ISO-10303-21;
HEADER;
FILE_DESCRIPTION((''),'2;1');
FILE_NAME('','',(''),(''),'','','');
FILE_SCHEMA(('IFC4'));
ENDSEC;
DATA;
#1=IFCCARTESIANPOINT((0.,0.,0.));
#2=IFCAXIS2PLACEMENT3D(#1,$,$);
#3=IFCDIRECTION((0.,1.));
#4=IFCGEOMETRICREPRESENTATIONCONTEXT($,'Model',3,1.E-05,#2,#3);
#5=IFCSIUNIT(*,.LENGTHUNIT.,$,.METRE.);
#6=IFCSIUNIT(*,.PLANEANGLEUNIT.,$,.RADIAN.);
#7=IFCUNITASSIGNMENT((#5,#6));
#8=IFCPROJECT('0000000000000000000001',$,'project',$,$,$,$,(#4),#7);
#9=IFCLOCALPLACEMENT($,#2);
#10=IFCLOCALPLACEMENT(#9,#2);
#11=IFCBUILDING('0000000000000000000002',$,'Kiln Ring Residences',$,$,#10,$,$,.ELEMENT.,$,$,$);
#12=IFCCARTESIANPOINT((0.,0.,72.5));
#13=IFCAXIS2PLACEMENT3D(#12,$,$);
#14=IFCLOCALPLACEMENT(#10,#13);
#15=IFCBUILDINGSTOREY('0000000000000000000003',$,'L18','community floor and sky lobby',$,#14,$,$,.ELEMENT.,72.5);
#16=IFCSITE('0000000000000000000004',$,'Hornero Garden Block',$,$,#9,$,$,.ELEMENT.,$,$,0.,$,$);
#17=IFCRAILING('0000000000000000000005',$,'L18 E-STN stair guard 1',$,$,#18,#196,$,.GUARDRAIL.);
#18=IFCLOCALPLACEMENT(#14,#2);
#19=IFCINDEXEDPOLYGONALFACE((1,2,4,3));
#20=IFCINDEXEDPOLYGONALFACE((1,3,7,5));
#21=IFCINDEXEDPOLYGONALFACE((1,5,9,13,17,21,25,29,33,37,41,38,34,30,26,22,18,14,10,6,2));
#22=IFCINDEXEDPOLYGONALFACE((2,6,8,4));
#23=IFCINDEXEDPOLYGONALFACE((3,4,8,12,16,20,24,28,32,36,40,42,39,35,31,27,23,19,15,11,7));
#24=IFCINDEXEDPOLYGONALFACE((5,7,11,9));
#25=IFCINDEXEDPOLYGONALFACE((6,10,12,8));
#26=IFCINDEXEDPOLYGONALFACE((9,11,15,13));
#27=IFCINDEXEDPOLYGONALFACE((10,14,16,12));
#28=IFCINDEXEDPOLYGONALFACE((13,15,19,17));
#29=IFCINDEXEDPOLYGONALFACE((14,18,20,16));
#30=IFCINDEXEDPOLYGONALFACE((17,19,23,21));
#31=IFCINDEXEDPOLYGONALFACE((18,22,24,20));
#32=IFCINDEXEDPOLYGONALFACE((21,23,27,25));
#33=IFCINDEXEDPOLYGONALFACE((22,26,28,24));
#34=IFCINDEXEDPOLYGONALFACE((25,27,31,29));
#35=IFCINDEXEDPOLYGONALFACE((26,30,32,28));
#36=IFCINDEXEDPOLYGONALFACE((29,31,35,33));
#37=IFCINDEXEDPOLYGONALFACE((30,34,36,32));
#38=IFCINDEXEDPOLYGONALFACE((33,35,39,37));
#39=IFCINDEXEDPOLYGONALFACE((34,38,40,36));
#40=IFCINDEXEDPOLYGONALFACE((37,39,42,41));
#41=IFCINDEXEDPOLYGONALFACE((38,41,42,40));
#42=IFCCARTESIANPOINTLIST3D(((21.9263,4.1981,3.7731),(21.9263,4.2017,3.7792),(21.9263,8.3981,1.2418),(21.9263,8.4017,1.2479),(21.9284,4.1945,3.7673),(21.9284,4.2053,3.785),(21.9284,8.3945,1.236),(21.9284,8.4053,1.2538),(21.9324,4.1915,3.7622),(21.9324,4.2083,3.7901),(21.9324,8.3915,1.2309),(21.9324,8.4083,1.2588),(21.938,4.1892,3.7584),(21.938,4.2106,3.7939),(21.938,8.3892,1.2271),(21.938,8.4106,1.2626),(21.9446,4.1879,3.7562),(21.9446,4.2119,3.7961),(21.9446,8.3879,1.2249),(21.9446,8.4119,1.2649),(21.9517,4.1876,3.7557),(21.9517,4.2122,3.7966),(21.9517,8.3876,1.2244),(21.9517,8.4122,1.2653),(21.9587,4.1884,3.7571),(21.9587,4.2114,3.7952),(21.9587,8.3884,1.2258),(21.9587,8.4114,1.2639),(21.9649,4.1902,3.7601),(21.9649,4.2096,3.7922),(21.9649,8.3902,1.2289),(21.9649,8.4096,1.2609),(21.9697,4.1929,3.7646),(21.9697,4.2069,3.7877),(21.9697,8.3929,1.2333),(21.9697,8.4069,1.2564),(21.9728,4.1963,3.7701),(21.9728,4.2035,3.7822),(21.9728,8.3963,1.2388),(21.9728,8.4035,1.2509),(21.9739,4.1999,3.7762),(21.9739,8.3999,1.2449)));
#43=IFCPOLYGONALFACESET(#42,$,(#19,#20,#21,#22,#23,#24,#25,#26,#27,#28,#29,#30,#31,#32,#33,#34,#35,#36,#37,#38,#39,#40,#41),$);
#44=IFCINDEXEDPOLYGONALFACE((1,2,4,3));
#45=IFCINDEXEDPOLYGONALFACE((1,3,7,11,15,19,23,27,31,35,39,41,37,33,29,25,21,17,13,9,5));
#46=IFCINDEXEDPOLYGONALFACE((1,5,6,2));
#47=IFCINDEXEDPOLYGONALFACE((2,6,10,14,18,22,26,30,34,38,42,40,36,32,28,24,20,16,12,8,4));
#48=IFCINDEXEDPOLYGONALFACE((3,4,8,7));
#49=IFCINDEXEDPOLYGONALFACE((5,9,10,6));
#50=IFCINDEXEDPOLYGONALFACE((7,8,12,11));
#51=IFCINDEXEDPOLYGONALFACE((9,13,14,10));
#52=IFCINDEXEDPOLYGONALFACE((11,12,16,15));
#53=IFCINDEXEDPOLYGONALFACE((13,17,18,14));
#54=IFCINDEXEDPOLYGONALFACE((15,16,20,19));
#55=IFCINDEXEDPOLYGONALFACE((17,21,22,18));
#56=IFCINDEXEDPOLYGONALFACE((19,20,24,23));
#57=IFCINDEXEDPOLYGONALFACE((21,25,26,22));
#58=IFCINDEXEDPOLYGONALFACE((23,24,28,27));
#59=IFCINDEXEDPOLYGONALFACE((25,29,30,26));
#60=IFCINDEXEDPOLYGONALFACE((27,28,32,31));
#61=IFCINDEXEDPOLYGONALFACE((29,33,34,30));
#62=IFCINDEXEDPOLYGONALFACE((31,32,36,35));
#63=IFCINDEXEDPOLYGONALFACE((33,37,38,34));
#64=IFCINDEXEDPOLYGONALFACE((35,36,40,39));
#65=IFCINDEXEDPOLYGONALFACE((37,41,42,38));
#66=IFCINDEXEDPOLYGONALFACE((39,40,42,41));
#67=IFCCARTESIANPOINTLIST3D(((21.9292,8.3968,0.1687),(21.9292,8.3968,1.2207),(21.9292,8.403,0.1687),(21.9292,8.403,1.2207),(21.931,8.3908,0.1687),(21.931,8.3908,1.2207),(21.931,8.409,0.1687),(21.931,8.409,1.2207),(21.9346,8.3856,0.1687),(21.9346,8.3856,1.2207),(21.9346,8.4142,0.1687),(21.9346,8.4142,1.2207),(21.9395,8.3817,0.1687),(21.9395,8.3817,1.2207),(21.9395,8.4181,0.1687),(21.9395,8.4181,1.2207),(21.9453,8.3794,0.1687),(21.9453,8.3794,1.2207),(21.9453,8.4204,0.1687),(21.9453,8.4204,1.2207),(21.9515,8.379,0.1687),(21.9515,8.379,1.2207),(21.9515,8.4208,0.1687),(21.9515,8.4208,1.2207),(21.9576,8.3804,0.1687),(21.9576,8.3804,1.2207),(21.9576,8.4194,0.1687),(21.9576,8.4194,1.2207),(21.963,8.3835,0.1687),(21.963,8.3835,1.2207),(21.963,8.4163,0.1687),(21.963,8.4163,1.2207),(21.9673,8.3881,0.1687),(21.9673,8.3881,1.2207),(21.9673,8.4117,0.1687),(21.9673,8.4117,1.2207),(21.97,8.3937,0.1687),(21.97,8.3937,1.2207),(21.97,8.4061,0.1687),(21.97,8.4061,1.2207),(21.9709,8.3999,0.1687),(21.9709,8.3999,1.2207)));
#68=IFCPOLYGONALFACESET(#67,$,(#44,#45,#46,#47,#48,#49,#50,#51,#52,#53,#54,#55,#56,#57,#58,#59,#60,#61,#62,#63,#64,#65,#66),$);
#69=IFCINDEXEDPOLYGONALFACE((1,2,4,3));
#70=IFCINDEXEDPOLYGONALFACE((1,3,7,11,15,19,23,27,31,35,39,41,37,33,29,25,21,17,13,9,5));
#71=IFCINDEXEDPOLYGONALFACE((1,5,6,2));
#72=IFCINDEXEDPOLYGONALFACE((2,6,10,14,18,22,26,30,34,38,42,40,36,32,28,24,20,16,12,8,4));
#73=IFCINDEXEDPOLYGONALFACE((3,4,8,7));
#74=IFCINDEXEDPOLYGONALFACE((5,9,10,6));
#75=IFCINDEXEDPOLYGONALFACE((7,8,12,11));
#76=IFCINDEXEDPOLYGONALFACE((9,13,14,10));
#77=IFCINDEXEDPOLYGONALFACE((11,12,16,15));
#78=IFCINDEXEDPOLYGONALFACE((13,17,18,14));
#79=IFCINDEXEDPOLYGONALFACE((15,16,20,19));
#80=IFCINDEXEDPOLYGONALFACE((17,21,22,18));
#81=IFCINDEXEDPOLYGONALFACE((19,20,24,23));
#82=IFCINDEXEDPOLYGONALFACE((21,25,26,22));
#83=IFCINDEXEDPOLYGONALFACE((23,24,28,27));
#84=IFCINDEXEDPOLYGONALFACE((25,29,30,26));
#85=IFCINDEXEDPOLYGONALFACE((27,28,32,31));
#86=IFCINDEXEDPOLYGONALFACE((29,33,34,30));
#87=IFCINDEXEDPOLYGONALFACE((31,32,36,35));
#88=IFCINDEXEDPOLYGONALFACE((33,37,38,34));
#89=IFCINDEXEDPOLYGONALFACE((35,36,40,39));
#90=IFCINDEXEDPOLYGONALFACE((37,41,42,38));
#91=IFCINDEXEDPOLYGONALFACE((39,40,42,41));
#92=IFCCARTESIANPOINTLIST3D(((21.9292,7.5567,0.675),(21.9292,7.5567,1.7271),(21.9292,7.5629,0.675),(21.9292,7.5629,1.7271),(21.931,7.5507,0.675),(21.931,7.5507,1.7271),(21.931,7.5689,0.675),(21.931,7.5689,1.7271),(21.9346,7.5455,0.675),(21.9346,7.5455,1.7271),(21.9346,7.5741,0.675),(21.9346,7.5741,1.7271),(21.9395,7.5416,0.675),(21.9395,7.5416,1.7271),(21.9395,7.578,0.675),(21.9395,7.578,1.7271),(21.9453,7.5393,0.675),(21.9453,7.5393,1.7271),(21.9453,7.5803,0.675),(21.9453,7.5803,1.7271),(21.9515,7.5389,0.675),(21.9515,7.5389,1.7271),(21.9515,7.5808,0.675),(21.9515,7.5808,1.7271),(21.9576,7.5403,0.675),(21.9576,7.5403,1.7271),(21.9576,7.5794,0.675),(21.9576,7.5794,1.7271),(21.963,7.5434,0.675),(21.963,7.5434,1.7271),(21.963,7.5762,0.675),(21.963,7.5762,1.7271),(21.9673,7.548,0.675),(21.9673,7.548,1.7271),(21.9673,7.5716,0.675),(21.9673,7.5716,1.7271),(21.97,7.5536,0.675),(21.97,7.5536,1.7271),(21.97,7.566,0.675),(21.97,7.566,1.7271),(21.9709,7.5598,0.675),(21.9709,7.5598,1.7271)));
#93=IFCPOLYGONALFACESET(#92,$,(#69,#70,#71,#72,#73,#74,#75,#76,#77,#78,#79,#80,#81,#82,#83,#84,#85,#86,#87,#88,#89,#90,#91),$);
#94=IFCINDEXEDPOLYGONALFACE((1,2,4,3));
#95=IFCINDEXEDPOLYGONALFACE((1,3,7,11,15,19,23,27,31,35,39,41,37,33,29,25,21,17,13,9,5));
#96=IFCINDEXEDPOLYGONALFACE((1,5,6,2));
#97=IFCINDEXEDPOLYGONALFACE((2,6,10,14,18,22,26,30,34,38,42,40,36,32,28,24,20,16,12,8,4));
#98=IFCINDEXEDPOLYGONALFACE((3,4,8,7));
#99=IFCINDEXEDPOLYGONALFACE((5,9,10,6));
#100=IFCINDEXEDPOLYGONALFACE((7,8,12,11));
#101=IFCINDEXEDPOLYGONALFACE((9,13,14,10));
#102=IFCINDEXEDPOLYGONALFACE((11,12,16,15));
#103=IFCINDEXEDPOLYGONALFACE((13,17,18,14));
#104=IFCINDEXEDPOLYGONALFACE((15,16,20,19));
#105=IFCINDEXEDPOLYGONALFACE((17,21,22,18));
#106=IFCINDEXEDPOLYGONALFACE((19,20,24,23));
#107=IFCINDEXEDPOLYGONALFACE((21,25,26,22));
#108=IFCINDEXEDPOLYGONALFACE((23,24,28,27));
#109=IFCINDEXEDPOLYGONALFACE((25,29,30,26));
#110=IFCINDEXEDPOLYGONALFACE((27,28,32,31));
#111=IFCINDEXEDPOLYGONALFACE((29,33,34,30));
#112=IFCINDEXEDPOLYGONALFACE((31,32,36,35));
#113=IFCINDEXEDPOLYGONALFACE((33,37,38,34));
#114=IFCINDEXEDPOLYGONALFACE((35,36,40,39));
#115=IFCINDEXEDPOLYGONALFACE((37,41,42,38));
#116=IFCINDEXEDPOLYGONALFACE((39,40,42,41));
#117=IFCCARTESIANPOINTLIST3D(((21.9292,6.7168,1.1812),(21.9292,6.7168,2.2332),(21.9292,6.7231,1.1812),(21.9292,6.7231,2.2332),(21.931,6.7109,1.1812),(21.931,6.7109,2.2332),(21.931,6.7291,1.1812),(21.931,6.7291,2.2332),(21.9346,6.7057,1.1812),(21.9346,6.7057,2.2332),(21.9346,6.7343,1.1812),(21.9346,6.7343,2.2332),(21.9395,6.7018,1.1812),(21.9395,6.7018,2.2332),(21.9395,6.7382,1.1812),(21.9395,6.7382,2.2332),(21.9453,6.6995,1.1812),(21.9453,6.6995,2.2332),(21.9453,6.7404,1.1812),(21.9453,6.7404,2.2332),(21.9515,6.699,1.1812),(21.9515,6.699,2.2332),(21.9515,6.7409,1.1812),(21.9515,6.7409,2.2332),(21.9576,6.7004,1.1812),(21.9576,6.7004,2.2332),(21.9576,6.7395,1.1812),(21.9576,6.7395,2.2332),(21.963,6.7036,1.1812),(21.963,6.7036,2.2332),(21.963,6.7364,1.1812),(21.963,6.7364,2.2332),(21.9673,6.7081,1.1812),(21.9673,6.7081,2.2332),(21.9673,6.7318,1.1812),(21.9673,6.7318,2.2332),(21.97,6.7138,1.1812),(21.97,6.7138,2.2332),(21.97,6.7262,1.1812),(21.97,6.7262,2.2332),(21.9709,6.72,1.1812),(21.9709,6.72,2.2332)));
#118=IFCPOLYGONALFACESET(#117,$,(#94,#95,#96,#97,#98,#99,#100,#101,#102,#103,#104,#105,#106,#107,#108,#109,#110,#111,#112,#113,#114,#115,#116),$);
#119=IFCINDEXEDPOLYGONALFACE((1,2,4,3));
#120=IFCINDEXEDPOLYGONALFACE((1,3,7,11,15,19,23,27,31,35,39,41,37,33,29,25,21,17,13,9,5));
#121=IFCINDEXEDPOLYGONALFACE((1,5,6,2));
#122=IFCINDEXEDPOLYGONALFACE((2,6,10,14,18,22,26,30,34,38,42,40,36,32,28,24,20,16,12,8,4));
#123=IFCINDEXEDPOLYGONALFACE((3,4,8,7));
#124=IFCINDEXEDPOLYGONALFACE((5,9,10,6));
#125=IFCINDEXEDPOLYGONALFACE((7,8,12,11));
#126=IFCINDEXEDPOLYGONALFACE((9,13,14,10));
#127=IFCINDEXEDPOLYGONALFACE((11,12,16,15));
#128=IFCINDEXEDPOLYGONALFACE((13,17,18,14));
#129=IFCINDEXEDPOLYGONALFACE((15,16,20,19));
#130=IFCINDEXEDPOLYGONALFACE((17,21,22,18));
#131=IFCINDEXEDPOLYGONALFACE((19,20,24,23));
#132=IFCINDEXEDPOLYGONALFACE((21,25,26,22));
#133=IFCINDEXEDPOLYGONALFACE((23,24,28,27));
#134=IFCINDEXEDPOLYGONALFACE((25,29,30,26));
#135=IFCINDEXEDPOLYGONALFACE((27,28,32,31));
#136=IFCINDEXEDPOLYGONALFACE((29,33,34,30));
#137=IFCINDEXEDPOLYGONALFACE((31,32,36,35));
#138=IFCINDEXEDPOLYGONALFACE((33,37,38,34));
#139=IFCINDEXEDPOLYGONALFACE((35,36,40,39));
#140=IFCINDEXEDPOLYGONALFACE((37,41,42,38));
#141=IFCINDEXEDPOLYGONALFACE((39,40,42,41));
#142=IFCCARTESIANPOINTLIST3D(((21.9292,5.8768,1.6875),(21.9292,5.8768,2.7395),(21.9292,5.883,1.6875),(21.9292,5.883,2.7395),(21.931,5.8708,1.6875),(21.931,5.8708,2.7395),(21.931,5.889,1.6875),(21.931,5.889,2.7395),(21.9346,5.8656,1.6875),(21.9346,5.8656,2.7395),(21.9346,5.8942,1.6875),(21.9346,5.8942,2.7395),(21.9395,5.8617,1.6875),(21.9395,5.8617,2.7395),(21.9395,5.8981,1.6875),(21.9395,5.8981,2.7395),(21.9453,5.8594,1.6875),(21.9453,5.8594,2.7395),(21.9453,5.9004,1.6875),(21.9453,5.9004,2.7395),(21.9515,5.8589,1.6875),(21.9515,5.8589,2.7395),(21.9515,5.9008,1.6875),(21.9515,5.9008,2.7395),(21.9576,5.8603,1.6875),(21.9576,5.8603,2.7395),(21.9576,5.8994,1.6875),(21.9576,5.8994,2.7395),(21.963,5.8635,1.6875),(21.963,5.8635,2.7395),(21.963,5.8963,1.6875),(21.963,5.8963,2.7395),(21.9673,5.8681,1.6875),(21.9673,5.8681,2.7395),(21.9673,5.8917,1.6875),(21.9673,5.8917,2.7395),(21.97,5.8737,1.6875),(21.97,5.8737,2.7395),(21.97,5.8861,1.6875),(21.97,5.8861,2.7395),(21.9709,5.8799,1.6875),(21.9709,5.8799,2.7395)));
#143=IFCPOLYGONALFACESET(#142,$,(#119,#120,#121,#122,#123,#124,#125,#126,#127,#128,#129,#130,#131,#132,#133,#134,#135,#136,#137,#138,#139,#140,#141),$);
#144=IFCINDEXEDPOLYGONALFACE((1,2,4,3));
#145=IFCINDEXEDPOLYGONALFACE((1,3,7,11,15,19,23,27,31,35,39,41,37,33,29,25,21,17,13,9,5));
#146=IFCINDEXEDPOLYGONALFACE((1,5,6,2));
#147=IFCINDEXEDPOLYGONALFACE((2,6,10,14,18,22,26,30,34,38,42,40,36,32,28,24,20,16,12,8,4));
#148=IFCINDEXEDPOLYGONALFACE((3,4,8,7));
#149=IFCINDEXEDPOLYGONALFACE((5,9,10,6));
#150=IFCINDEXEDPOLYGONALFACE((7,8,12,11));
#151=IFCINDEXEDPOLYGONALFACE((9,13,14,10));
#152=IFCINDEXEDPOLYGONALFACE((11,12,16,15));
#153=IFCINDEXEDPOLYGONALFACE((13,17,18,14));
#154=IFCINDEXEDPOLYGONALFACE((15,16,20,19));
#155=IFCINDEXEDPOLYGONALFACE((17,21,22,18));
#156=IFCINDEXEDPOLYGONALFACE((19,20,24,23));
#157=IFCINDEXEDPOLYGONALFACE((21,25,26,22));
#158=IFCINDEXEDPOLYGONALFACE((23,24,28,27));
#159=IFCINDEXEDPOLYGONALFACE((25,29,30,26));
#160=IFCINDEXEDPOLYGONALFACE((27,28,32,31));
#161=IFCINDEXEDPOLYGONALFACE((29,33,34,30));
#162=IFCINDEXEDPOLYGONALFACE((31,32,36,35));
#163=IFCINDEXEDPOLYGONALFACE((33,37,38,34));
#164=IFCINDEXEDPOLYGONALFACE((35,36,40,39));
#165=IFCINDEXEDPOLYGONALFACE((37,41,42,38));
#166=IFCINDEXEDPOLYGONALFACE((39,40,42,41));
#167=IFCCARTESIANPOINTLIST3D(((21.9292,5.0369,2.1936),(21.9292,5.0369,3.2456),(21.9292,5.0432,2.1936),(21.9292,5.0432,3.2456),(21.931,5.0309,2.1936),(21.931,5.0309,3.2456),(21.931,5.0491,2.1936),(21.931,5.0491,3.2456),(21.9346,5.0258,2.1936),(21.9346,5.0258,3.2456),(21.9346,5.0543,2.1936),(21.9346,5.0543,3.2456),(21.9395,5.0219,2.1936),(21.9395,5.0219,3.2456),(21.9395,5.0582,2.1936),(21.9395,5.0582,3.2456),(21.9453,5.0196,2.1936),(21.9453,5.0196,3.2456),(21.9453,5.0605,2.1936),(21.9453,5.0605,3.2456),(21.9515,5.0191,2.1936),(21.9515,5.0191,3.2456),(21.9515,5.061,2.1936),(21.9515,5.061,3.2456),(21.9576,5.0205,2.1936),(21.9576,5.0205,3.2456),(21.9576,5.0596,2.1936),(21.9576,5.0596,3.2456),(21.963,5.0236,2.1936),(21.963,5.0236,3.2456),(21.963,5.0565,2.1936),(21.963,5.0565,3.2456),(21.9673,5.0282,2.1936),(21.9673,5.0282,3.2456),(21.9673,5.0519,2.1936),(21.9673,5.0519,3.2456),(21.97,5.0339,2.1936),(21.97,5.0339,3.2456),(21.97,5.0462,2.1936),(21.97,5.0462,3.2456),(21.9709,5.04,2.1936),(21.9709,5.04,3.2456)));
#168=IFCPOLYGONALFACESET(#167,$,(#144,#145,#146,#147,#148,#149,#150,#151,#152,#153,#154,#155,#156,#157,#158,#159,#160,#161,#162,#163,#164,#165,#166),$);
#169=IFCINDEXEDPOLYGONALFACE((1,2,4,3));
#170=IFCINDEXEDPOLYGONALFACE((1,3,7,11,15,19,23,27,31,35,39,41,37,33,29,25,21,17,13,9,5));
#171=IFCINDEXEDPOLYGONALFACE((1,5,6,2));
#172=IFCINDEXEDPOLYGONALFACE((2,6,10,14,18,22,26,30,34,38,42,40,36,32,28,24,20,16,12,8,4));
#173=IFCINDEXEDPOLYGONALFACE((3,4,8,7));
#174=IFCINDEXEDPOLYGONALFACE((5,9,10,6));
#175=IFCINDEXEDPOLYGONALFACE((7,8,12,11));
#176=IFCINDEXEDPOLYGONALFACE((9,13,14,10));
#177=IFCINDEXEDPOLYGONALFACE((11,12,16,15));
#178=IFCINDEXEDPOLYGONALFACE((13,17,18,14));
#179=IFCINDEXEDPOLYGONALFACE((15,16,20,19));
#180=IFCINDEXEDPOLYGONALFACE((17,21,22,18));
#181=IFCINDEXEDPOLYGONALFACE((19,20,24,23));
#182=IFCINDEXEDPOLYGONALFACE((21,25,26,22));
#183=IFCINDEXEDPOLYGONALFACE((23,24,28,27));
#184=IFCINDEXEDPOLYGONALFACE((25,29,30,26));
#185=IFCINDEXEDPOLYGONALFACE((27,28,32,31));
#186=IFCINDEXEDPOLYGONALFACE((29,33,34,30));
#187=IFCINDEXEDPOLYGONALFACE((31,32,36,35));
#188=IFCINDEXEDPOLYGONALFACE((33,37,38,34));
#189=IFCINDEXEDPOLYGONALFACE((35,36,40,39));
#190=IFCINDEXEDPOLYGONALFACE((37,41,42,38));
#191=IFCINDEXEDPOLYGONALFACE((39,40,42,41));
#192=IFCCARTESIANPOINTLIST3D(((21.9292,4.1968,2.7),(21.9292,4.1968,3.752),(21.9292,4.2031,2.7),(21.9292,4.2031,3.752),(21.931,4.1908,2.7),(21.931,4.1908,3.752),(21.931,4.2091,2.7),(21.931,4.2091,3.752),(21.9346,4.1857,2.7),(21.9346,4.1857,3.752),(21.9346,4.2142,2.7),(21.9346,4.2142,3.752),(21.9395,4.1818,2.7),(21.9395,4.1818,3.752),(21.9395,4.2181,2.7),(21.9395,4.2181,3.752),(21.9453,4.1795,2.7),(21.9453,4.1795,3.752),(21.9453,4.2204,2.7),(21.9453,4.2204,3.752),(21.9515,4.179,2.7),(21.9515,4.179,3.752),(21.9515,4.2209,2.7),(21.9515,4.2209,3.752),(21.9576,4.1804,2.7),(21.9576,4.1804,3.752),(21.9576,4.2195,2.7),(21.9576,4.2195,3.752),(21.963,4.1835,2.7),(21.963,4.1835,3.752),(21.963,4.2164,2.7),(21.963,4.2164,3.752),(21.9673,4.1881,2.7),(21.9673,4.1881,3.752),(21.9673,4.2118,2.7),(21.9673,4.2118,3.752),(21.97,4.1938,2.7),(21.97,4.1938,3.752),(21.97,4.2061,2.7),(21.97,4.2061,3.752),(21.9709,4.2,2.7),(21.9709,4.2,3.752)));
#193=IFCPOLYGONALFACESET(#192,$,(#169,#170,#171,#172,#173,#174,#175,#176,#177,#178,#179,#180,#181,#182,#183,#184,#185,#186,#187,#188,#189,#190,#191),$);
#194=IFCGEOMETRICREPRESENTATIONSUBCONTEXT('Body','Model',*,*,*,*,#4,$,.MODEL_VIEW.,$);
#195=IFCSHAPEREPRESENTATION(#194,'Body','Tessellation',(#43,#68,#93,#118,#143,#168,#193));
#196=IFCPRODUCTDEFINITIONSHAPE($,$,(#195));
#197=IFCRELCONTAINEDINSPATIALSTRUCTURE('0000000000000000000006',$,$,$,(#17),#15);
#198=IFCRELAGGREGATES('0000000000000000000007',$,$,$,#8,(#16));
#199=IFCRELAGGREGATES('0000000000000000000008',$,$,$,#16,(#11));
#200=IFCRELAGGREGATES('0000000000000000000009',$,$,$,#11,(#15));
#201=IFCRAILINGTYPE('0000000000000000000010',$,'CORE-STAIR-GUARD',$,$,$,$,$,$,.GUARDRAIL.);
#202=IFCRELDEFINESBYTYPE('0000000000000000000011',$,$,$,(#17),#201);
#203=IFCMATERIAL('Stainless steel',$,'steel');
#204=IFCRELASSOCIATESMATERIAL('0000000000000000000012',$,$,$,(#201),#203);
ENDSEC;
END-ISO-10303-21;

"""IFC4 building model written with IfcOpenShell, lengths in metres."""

from ifc_helpers import new_model, si_unit, direction, frame, origin, origin_2d, place, context, subcontext, project, spatial, circle, extrude, material, type_object, element, save


model = new_model("IFC4")

# Units and contexts
model_context = context("Model", 3, precision=1e-05, world=origin(), true_north=direction((0.0, 1.0)))
body_context = subcontext(model_context, "Body", "Model", "MODEL_VIEW")
ifc_project = project(units=[si_unit("LENGTHUNIT", "METRE"), si_unit("PLANEANGLEUNIT", "RADIAN")], contexts=[model_context])

# Site, building, storey
site_placement = place(None, origin())
site = spatial("IfcSite", under=ifc_project, at=site_placement, Name="Hornero Garden Block", CompositionType="ELEMENT", RefElevation=0.0)
building_placement = place(site_placement, origin())
building = spatial("IfcBuilding", under=site, at=building_placement, Name="Kiln Ring Residences", CompositionType="ELEMENT")
storey_placement = place(building_placement, frame((0.0, 0.0, 72.5)))
storey = spatial("IfcBuildingStorey", under=building, at=storey_placement, Name="L18", Description="community floor and sky lobby", CompositionType="ELEMENT", Elevation=72.5)

# Railing
ifc_material_1 = material(Name="Stainless steel", Category="steel")
railing_type_1 = type_object("IfcRailingType", Name="CORE-STAIR-GUARD", PredefinedType="GUARDRAIL", material=ifc_material_1)
railing_1_placement = place(storey_placement, frame((21.95, 8.3999, 0.1687)))
element("IfcRailing", 1, at=railing_1_placement, inside=storey, type_object=railing_type_1, Name="L18 E-STN stair guard 1", PredefinedType="GUARDRAIL", context=body_context, shape_type="SweptSolid", body=[
    extrude(circle(Radius=0.0239, at=origin_2d()), frame((0.0, 0.0, 1.0762), z_axis=(0.0, -0.856476, 0.516186), x_axis=(1.0, 0.0, 0.0)), (0.0, 0.0, 1.0), 4.9038),
    extrude(circle(Radius=0.021, at=origin_2d()), origin(), (0.0, 0.0, 1.0), 1.052),
    extrude(circle(Radius=0.021, at=origin_2d()), frame((0.0, -0.8401, 0.5063)), (0.0, 0.0, 1.0), 1.052),
    extrude(circle(Radius=0.021, at=origin_2d()), frame((0.0, -1.6799, 1.0125)), (0.0, 0.0, 1.0), 1.052),
    extrude(circle(Radius=0.021, at=origin_2d()), frame((0.0, -2.52, 1.5188)), (0.0, 0.0, 1.0), 1.052),
    extrude(circle(Radius=0.021, at=origin_2d()), frame((0.0, -3.3599, 2.0249)), (0.0, 0.0, 1.0), 1.052),
    extrude(circle(Radius=0.021, at=origin_2d()), frame((0.0, -4.2, 2.5312)), (0.0, 0.0, 1.0), 1.052),
])

save(model, "model.ifc")
